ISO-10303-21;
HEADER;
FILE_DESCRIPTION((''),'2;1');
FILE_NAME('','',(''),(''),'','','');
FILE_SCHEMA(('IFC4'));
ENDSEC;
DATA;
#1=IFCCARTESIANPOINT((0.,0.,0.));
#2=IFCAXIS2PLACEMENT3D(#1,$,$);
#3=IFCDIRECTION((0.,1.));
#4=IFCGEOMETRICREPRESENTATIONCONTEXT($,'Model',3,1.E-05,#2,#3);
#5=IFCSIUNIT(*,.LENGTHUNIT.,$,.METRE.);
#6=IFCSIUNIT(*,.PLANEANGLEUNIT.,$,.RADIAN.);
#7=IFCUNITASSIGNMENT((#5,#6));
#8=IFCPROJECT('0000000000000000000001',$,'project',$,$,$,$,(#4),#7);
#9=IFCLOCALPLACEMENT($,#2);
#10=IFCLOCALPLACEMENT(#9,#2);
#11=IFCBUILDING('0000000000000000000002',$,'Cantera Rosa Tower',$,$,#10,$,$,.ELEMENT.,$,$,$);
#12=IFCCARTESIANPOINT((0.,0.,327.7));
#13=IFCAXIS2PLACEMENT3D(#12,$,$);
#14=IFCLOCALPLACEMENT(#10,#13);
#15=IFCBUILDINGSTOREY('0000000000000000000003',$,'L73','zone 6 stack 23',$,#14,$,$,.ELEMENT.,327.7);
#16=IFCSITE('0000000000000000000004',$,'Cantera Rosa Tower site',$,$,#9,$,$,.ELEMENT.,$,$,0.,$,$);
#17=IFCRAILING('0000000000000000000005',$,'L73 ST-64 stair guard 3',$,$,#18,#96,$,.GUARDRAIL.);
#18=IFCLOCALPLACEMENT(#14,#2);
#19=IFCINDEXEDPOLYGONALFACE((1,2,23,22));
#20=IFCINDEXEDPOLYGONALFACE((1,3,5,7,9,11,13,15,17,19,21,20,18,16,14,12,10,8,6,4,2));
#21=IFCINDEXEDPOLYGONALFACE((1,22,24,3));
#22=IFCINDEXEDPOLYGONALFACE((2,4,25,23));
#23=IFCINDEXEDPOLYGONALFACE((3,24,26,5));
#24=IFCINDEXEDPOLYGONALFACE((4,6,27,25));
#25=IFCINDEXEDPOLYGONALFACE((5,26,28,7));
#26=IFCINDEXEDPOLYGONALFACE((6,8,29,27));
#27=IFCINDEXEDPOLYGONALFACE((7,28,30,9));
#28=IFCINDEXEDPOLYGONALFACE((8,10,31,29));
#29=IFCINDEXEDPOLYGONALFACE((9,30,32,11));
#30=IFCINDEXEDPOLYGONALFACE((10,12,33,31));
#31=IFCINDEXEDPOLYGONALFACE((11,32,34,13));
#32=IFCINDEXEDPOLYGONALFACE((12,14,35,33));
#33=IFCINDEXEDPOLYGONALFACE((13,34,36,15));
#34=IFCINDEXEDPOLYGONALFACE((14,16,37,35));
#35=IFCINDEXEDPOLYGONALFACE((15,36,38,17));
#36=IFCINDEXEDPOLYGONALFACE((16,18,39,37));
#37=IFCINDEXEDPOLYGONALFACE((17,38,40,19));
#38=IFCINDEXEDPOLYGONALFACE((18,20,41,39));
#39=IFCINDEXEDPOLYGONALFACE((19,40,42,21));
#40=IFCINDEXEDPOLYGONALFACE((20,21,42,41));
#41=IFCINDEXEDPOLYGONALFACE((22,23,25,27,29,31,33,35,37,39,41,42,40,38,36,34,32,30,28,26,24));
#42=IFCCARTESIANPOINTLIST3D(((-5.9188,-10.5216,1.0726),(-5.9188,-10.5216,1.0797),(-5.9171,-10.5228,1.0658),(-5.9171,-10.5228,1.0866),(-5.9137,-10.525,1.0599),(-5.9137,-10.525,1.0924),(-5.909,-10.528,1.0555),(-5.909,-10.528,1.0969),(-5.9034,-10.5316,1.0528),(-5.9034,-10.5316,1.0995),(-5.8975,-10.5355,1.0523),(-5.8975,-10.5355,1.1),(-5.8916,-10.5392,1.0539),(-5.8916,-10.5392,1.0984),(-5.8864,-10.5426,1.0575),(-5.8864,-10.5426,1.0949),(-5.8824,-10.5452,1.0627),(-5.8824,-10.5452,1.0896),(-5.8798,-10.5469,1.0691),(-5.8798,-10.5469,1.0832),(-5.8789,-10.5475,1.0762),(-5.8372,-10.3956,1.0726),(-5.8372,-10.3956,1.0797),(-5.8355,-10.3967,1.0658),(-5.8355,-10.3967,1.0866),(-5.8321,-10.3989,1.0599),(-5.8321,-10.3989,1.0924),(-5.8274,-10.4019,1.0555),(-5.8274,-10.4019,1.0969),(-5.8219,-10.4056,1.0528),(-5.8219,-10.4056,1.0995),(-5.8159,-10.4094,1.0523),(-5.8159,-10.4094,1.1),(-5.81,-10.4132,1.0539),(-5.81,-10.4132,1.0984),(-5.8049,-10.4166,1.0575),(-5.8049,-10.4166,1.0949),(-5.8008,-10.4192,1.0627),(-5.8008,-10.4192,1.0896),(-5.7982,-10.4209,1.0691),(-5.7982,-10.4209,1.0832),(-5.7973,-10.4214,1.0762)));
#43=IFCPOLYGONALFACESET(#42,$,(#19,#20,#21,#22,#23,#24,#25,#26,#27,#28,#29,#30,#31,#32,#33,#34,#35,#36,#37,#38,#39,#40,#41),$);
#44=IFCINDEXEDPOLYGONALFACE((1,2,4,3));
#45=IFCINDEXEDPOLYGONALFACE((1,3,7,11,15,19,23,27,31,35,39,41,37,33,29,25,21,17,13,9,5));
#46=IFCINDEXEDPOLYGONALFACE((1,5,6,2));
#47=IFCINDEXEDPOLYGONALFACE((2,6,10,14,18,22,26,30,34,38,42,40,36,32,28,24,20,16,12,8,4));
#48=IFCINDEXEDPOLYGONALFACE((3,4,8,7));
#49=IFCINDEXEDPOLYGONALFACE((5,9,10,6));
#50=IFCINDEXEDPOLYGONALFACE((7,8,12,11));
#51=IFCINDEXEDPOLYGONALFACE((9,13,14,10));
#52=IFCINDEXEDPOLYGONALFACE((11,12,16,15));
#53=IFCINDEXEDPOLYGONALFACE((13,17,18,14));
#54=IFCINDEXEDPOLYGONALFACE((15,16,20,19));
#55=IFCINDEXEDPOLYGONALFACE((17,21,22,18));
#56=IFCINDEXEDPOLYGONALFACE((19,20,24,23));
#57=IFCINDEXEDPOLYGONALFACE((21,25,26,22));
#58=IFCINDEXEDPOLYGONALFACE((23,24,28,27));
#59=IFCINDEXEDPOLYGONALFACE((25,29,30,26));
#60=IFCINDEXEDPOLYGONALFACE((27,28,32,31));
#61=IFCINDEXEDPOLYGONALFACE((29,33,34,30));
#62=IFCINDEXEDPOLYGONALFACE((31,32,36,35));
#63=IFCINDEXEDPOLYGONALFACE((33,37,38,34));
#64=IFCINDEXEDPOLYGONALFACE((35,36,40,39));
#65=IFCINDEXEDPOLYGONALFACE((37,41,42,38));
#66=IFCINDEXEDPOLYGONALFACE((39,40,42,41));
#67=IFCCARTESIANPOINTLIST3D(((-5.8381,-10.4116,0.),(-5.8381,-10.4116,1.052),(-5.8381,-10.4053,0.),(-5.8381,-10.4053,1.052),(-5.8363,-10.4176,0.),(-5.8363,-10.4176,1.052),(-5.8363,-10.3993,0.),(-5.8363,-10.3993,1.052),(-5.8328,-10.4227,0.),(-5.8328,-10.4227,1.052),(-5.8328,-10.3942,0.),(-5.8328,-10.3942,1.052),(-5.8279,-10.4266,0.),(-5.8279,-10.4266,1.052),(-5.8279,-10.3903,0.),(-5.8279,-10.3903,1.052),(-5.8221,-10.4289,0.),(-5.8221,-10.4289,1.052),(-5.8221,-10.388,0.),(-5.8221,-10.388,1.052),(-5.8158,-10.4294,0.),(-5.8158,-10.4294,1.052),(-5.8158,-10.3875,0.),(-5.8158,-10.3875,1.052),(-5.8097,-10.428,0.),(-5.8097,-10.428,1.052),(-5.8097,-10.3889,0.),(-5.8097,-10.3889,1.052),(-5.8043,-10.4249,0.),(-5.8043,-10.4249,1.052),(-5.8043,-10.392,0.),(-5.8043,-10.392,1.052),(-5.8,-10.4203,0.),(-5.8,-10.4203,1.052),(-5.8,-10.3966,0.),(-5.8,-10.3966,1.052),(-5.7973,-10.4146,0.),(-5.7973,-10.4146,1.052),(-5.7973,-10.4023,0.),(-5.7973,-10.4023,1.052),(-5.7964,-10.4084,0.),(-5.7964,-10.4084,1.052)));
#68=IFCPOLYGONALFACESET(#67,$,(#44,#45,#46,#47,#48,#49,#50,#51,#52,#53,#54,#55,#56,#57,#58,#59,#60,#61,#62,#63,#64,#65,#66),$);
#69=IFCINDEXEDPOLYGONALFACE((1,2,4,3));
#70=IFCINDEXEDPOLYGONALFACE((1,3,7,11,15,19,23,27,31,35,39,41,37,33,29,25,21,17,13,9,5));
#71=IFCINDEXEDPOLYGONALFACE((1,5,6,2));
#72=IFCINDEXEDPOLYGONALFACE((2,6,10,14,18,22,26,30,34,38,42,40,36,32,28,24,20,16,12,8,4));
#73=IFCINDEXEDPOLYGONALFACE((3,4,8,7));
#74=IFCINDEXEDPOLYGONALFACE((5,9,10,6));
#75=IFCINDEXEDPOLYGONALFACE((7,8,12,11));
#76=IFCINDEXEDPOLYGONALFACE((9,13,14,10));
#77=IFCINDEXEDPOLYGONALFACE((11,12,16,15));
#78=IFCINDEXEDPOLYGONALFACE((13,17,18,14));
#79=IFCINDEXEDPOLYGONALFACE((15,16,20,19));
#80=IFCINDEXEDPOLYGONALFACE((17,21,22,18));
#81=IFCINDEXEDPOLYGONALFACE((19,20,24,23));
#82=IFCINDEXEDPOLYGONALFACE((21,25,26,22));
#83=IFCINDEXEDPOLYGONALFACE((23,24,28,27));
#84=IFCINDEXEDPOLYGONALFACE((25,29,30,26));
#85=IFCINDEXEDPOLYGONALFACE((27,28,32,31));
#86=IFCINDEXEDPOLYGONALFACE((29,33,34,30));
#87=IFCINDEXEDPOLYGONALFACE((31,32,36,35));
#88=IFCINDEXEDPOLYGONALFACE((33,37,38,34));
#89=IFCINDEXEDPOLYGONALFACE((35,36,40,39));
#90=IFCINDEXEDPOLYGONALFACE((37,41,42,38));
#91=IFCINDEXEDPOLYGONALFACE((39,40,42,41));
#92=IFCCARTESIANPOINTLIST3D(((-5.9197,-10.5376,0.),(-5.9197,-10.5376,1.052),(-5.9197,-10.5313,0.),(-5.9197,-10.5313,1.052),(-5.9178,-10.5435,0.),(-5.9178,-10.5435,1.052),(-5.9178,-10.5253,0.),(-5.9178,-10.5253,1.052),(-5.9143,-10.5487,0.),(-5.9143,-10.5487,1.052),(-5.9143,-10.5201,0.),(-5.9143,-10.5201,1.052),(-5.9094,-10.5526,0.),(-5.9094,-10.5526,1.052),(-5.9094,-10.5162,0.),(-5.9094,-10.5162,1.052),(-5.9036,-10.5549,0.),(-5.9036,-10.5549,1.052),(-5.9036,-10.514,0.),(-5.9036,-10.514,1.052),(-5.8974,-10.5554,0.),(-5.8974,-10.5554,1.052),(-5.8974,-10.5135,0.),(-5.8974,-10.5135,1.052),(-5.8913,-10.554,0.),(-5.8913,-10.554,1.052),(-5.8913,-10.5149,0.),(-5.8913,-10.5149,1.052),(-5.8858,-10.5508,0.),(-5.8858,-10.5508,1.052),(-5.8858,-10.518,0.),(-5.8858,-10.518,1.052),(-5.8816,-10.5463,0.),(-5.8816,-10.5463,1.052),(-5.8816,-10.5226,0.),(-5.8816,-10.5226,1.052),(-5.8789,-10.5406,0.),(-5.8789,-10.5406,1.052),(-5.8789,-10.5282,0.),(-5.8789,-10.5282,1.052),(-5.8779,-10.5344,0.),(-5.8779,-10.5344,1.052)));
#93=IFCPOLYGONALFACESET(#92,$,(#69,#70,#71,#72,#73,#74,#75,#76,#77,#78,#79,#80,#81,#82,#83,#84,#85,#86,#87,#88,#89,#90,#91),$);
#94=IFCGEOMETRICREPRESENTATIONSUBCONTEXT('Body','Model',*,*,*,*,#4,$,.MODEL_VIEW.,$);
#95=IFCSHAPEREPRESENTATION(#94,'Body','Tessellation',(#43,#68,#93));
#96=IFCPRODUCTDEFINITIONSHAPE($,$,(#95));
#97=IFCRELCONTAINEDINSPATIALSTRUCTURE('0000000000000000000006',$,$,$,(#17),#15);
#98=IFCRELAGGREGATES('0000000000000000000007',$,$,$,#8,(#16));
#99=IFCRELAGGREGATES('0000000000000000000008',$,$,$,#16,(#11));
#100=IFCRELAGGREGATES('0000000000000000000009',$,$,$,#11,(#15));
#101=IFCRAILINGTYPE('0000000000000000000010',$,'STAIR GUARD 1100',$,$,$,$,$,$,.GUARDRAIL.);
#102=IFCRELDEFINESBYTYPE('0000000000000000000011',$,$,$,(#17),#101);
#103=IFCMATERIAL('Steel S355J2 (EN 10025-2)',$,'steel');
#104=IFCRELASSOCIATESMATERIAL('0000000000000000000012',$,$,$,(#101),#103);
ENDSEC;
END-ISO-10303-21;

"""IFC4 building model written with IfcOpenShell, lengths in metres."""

from ifc_helpers import new_model, si_unit, direction, frame, origin, origin_2d, place, context, subcontext, project, spatial, circle, extrude, material, type_object, element, save


model = new_model("IFC4")

# Units and contexts
model_context = context("Model", 3, precision=1e-05, world=origin(), true_north=direction((0.0, 1.0)))
body_context = subcontext(model_context, "Body", "Model", "MODEL_VIEW")
ifc_project = project(units=[si_unit("LENGTHUNIT", "METRE"), si_unit("PLANEANGLEUNIT", "RADIAN")], contexts=[model_context])

# Site, building, storey
site_placement = place(None, origin())
site = spatial("IfcSite", under=ifc_project, at=site_placement, Name="Cantera Rosa Tower site", CompositionType="ELEMENT", RefElevation=0.0)
building_placement = place(site_placement, origin())
building = spatial("IfcBuilding", under=site, at=building_placement, Name="Cantera Rosa Tower", CompositionType="ELEMENT")
storey_placement = place(building_placement, frame((0.0, 0.0, 327.7)))
storey = spatial("IfcBuildingStorey", under=building, at=storey_placement, Name="L73", Description="zone 6 stack 23", CompositionType="ELEMENT", Elevation=327.7)

# Railing
ifc_material_1 = material(Name="Steel S355J2 (EN 10025-2)", Category="steel")
railing_type_1 = type_object("IfcRailingType", Name="STAIR GUARD 1100", PredefinedType="GUARDRAIL", material=ifc_material_1)
railing_1_placement = place(storey_placement, frame((-5.8174, -10.4084, 0.0)))
element("IfcRailing", 1, at=railing_1_placement, inside=storey, type_object=railing_type_1, Name="L73 ST-64 stair guard 3", PredefinedType="GUARDRAIL", context=body_context, shape_type="SweptSolid", body=[
    extrude(circle(Radius=0.0239, at=origin_2d()), frame((0.0, 0.0, 1.0762), z_axis=(-0.543386, -0.839483, 0.0), x_axis=(0.839483, -0.543386, 0.0)), (0.0, 0.0, 1.0), 0.1501),
    extrude(circle(Radius=0.021, at=origin_2d()), origin(), (0.0, 0.0, 1.0), 1.052),
    extrude(circle(Radius=0.021, at=origin_2d()), frame((-0.0815, -0.126, 0.0)), (0.0, 0.0, 1.0), 1.052),
])

save(model, "model.ifc")
